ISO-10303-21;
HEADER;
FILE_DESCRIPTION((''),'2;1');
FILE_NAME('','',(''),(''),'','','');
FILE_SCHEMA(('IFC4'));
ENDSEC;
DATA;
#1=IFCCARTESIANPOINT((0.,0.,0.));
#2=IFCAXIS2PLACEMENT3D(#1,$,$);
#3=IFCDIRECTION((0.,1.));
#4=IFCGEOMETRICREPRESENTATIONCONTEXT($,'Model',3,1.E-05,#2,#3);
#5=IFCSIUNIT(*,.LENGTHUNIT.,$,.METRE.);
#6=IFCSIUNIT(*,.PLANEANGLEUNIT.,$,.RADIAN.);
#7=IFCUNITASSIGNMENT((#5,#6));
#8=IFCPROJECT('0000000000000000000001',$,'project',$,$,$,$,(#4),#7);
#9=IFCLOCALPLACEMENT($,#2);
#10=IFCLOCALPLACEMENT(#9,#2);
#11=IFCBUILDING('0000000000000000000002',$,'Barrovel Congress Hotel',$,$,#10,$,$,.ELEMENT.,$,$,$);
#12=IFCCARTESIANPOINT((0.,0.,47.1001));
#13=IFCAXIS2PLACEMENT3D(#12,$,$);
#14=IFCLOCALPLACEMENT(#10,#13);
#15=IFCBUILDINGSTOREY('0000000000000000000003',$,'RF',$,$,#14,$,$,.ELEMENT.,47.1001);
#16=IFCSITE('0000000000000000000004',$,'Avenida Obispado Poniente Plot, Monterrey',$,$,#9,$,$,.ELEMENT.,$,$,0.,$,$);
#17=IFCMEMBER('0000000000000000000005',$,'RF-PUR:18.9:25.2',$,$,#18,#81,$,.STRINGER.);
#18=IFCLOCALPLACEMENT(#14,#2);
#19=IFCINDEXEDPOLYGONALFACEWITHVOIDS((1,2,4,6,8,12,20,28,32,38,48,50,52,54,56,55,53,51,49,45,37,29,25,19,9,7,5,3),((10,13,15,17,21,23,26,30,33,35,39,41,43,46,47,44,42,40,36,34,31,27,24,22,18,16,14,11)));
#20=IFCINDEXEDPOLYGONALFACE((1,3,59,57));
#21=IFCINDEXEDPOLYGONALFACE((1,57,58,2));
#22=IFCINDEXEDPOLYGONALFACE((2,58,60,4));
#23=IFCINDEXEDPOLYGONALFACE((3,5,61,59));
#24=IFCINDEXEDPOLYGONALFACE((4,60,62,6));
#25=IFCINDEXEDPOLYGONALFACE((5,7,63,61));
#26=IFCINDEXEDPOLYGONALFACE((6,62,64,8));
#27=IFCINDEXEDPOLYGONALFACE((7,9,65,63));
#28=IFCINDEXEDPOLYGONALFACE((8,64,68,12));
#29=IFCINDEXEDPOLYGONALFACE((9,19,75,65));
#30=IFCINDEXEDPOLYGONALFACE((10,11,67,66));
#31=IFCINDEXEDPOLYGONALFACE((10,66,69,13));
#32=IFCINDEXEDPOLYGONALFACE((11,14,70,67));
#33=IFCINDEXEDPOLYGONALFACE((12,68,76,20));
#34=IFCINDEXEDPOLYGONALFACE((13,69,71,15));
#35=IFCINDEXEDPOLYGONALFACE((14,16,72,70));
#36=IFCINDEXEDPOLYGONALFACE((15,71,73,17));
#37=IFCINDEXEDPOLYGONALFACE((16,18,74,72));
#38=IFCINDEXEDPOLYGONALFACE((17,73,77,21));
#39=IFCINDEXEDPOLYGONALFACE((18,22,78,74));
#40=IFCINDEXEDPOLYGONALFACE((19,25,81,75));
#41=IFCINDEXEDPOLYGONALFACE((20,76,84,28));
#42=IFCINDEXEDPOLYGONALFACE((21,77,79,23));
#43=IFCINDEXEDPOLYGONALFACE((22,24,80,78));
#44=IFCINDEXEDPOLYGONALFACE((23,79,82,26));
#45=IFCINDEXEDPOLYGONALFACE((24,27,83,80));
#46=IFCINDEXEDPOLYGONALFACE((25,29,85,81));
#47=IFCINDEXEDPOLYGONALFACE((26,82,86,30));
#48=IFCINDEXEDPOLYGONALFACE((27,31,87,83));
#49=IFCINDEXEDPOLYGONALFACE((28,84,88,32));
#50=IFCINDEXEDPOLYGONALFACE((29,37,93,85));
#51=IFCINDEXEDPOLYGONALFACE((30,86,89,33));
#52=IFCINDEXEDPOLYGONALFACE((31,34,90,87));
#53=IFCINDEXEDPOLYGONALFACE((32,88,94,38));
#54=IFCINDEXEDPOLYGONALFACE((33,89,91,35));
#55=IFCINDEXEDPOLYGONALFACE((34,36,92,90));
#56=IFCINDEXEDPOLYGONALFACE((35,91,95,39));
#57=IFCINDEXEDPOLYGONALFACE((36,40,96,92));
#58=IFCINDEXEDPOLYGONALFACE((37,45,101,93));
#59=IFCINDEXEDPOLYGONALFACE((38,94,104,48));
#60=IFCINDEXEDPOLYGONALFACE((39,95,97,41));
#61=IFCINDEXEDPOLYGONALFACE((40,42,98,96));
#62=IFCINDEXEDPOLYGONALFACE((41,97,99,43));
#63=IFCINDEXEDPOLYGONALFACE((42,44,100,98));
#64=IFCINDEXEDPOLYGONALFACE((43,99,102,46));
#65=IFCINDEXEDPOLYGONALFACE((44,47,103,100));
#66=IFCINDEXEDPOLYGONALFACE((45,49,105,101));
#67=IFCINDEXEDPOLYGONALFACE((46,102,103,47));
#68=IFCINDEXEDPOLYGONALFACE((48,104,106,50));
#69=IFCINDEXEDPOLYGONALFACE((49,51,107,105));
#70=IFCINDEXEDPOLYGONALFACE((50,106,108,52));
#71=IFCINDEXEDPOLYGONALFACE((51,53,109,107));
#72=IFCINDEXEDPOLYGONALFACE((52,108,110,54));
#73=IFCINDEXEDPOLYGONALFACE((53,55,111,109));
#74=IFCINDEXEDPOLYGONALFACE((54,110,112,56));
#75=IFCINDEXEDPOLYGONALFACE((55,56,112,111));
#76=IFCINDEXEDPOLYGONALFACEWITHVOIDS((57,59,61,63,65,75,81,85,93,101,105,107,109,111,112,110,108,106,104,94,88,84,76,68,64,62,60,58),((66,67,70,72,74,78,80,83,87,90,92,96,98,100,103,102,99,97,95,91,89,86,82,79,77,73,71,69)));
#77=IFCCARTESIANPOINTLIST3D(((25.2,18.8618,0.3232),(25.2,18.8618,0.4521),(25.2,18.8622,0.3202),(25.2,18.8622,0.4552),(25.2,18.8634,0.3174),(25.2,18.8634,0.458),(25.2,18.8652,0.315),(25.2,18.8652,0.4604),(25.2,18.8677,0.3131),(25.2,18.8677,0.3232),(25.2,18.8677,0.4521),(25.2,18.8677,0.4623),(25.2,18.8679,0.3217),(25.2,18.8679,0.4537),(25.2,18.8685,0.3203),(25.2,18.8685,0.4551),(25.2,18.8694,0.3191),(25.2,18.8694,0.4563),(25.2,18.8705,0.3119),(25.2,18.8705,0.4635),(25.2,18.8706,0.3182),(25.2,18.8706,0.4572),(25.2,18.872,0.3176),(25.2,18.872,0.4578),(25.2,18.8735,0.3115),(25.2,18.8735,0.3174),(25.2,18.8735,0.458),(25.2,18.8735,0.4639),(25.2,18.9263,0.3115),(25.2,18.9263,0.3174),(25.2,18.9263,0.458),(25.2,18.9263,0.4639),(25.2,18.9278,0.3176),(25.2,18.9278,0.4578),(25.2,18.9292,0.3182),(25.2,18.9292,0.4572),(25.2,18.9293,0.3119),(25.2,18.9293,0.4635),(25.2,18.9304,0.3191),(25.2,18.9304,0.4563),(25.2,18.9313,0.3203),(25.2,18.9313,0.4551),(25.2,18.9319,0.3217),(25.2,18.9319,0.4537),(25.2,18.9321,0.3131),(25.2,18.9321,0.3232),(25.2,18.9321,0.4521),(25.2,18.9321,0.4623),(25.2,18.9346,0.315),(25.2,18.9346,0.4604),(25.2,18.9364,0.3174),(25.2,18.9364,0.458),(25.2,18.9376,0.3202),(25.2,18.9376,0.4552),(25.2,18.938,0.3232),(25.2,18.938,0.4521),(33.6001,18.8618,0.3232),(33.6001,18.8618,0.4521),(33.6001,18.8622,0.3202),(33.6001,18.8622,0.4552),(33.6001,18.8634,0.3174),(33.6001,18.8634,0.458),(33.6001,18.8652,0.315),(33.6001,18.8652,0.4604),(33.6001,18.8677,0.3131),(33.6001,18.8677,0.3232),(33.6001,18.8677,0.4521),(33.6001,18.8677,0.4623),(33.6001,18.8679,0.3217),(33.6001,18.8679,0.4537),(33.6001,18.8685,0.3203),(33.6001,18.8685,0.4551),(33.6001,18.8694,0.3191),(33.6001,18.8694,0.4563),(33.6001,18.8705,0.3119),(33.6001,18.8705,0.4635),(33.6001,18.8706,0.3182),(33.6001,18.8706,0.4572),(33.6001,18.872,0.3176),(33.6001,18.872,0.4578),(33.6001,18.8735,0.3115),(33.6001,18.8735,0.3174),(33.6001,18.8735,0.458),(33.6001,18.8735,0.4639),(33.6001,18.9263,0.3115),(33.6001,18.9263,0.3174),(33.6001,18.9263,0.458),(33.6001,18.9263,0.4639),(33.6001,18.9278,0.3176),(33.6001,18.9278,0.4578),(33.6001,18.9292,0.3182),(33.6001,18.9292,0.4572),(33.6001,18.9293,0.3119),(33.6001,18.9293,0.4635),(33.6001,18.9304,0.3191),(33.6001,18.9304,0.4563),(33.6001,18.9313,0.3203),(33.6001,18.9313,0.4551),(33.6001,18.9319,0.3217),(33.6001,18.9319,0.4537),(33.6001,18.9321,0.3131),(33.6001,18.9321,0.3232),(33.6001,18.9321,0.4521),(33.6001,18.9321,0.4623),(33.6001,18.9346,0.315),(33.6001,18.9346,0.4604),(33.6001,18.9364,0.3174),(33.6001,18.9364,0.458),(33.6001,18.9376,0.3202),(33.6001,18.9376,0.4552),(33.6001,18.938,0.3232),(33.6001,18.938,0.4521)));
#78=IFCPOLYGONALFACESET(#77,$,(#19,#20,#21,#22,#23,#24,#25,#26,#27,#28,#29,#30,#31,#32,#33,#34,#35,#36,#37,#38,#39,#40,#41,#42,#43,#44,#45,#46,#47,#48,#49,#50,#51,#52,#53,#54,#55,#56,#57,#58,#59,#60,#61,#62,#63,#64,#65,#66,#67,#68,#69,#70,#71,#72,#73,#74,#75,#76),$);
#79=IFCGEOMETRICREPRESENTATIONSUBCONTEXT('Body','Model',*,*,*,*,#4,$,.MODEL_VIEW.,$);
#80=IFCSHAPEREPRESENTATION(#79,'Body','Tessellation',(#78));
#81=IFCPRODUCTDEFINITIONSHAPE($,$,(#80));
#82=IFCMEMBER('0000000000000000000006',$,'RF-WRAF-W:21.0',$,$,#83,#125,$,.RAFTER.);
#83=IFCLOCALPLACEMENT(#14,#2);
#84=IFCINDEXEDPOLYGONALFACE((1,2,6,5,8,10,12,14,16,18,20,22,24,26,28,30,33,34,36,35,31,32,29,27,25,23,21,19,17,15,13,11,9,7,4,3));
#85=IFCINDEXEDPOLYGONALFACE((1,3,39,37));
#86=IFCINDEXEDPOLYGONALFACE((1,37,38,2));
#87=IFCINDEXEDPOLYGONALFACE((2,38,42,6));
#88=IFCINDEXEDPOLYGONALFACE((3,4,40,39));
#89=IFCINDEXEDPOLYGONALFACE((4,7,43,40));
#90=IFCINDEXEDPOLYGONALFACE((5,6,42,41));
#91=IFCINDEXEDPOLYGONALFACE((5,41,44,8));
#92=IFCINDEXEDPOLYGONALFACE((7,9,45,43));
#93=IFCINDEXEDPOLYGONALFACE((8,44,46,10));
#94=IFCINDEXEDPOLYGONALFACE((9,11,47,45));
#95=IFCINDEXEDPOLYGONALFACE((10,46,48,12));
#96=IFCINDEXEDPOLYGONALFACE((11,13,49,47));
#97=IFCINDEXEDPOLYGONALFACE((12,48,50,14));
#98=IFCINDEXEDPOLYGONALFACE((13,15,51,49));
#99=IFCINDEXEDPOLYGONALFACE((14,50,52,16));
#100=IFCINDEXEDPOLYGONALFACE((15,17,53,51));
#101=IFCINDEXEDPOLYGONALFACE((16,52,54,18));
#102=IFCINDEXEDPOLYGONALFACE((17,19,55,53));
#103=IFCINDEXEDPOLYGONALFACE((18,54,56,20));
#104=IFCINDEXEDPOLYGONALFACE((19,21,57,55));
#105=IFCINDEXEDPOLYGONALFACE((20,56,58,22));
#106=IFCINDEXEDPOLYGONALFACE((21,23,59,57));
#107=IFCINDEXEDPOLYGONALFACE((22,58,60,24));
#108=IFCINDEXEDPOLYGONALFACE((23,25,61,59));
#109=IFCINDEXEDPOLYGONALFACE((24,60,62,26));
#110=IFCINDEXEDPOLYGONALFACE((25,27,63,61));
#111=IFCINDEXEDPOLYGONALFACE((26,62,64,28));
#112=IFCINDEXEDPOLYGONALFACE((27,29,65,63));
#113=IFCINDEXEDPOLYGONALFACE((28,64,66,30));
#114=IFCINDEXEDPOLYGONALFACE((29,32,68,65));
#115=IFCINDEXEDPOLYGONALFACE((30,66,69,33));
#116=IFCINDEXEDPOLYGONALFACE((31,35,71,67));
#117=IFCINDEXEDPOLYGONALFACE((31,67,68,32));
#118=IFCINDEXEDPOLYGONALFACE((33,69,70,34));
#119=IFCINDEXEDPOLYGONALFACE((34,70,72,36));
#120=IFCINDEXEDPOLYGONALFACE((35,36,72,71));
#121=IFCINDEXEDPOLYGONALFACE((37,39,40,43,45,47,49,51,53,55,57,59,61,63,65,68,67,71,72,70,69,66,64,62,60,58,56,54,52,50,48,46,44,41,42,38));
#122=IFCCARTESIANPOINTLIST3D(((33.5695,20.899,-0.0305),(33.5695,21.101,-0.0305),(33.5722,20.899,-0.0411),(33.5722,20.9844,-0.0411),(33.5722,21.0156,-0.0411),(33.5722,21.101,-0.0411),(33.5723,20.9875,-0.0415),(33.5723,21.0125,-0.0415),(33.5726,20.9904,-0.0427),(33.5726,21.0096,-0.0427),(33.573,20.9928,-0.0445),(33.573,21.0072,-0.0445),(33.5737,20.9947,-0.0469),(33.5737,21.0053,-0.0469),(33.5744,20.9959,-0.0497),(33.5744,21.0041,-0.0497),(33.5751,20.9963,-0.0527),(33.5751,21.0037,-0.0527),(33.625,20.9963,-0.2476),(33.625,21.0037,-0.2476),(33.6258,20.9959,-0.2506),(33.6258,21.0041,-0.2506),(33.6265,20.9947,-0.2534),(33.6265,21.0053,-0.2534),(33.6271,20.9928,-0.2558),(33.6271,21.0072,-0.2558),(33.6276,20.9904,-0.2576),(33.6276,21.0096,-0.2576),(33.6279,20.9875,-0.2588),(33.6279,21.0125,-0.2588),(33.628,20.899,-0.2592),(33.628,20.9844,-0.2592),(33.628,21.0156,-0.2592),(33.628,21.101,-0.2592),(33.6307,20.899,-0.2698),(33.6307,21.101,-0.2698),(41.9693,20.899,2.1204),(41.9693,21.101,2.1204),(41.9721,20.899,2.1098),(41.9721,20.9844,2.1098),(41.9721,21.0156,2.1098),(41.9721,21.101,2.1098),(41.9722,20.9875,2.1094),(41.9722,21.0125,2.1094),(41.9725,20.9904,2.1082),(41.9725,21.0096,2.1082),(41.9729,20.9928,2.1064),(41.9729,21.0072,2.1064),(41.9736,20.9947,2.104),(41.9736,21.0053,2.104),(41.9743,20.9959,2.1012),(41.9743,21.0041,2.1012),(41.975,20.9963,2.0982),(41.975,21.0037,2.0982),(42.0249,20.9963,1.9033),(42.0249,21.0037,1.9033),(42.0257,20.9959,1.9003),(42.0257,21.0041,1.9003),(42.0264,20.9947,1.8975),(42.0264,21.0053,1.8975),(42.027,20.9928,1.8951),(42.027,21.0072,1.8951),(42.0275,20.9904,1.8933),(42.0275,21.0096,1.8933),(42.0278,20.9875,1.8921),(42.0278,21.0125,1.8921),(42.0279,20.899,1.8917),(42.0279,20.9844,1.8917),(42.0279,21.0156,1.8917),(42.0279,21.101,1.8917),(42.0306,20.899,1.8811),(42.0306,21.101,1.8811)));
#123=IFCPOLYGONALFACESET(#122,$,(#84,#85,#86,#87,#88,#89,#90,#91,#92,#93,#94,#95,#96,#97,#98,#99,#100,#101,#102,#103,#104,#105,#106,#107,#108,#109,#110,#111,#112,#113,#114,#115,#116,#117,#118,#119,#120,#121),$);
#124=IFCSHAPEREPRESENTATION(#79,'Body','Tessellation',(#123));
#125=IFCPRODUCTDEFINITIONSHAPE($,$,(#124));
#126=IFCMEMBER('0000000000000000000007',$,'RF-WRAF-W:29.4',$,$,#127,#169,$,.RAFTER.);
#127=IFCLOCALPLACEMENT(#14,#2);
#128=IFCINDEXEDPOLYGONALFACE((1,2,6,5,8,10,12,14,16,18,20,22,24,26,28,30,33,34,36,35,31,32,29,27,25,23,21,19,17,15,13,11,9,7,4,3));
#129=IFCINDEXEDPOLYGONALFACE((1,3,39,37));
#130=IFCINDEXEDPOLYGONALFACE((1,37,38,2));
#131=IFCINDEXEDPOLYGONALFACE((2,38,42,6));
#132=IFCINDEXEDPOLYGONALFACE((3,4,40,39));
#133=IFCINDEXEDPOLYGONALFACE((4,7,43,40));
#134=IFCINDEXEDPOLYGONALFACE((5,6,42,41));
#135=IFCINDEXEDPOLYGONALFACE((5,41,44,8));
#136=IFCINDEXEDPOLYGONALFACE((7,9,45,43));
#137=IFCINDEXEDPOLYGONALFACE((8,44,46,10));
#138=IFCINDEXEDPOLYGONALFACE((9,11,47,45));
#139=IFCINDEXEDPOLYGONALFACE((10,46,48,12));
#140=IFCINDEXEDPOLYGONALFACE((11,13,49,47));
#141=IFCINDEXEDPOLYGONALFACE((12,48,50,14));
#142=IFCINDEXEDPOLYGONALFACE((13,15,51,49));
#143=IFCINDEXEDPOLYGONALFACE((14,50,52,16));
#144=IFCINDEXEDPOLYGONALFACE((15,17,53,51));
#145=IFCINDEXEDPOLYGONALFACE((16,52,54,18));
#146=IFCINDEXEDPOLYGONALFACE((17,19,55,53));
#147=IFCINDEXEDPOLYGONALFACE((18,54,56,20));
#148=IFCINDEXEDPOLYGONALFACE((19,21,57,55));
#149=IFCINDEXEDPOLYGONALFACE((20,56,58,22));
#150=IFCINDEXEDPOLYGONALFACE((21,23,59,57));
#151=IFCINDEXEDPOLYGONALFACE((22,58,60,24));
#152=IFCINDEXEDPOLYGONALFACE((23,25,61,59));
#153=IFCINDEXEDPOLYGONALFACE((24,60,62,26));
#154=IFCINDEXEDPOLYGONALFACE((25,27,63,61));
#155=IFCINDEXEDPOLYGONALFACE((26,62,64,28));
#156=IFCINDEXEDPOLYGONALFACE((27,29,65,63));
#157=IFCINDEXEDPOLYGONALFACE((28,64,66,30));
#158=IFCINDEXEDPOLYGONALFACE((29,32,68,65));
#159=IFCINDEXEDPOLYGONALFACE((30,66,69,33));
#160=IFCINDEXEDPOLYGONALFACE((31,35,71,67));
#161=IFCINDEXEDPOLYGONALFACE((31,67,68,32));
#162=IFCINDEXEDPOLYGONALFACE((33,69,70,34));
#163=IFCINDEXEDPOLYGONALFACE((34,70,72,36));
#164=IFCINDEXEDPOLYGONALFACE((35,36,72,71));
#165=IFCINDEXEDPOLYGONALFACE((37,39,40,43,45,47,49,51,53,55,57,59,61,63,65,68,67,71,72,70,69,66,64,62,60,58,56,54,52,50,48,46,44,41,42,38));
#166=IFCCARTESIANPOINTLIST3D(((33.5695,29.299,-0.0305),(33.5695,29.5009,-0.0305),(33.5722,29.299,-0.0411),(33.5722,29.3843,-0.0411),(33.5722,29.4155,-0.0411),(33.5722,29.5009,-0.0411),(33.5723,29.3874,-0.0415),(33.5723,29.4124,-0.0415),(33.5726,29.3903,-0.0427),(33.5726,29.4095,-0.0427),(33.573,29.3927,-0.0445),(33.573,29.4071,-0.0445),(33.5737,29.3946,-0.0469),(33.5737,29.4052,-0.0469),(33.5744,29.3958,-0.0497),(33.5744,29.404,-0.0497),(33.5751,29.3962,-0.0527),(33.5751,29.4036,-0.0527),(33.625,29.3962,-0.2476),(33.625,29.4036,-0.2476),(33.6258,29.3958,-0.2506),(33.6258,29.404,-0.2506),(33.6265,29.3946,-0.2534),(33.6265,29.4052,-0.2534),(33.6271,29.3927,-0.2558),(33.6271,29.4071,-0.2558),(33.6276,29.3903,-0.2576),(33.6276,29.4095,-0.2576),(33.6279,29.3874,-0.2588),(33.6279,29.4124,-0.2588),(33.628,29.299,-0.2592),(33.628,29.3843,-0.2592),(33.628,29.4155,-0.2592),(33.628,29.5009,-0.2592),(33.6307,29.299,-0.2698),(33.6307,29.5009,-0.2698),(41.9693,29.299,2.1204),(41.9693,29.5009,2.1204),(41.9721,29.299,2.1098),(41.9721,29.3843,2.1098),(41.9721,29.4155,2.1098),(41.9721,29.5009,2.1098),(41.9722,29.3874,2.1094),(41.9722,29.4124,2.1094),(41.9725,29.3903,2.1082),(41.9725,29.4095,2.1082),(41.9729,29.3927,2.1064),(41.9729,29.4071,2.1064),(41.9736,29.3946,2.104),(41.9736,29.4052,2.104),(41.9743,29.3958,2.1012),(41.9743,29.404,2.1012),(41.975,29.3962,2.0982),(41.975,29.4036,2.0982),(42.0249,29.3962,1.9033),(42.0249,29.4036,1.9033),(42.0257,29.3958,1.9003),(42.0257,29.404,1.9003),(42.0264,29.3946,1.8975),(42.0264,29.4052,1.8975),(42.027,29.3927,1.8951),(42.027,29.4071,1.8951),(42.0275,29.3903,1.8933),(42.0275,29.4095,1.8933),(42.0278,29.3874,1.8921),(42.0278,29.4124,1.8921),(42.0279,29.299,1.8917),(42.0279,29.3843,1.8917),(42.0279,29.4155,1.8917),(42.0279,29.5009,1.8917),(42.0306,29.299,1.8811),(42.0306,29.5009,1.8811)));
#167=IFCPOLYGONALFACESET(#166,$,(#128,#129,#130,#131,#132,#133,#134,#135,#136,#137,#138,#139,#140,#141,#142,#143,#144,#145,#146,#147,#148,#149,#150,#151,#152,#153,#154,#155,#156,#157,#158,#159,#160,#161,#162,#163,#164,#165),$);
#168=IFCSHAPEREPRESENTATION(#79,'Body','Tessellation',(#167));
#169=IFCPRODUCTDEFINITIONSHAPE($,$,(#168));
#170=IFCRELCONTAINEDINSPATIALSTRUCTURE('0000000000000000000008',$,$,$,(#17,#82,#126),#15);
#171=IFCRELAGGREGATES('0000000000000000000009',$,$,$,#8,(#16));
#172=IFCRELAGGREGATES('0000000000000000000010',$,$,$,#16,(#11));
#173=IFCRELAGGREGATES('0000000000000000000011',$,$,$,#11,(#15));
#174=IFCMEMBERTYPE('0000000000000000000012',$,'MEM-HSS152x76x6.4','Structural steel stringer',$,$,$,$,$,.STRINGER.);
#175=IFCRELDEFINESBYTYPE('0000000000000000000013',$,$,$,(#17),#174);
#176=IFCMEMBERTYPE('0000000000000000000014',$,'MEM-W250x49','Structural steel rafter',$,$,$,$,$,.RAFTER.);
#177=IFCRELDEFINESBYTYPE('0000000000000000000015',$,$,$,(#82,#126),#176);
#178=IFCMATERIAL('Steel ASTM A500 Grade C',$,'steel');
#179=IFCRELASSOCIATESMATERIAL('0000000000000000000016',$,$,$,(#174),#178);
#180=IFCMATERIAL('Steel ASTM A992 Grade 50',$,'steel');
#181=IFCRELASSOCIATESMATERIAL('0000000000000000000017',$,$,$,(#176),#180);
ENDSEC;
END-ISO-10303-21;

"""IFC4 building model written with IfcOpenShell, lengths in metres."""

from ifc_helpers import new_model, si_unit, direction, frame, origin, origin_2d, place, context, subcontext, project, spatial, hollow_rectangle, i_section, extrude, material, material_profile, profile_set, type_object, element, save


model = new_model("IFC4")

# Units and contexts
model_context = context("Model", 3, precision=1e-05, world=origin(), true_north=direction((0.0, 1.0)))
body_context = subcontext(model_context, "Body", "Model", "MODEL_VIEW")
ifc_project = project(units=[si_unit("LENGTHUNIT", "METRE"), si_unit("PLANEANGLEUNIT", "RADIAN")], contexts=[model_context])

# Site, building, storey
site_placement = place(None, origin())
site = spatial("IfcSite", under=ifc_project, at=site_placement, Name="Avenida Obispado Poniente Plot, Monterrey", CompositionType="ELEMENT", RefElevation=0.0)
building_placement = place(site_placement, origin())
building = spatial("IfcBuilding", under=site, at=building_placement, Name="Barrovel Congress Hotel", CompositionType="ELEMENT")
storey_placement = place(building_placement, frame((0.0, 0.0, 47.1001)))
storey = spatial("IfcBuildingStorey", under=building, at=storey_placement, Name="RF", CompositionType="ELEMENT", Elevation=47.1001)

# Members
ifc_material_1 = material(Name="Steel ASTM A500 Grade C", Category="steel")
ifc_material_profile_1 = material_profile(ifc_material_1, hollow_rectangle(XDim=0.0762, YDim=0.1523, WallThickness=0.0059, InnerFilletRadius=0.0059, OuterFilletRadius=0.0117, at=origin_2d()), Name="HSS152x76x6.4")
ifc_profile_set_1 = profile_set([ifc_material_profile_1], Name="Steel ASTM A500 Grade C")
member_type_1 = type_object("IfcMemberType", Name="MEM-HSS152x76x6.4", Description="Structural steel stringer", PredefinedType="STRINGER", material=ifc_profile_set_1)
member_1_placement = place(storey_placement, frame((25.2, 18.8999, 0.3877), z_axis=(1.0, 0.0, 0.0), x_axis=(0.0, 1.0, 0.0)))
element("IfcMember", 1, at=member_1_placement, inside=storey, type_object=member_type_1, Name="RF-PUR:18.9:25.2", PredefinedType="STRINGER", context=body_context, shape_type="SweptSolid", body=[
    extrude(hollow_rectangle(XDim=0.0762, YDim=0.1523, WallThickness=0.0059, InnerFilletRadius=0.0059, OuterFilletRadius=0.0117, at=origin_2d()), origin(), (0.0, 0.0, 1.0), 8.4001),
])
ifc_material_2 = material(Name="Steel ASTM A992 Grade 50", Category="steel")
ifc_material_profile_2 = material_profile(ifc_material_2, i_section(OverallWidth=0.2019, OverallDepth=0.2471, WebThickness=0.0073, FlangeThickness=0.011, FilletRadius=0.012, at=origin_2d()), Name="W250x49")
ifc_profile_set_2 = profile_set([ifc_material_profile_2], Name="Steel ASTM A992 Grade 50")
member_type_2 = type_object("IfcMemberType", Name="MEM-W250x49", Description="Structural steel rafter", PredefinedType="RAFTER", material=ifc_profile_set_2)
for number, where, z_axis, x_axis, name in (
    (2, (33.6001, 21.0, -0.1501), (0.968745, 0.0, 0.248057), (0.0, 1.0, 0.0), "RF-WRAF-W:21.0"),
    (3, (33.6001, 29.3999, -0.1501), (0.968745, 0.0, 0.248057), (0.0, 1.0, 0.0), "RF-WRAF-W:29.4"),
):
    element("IfcMember", number, at=place(storey_placement, frame(where, z_axis=z_axis, x_axis=x_axis)), inside=storey, type_object=member_type_2, Name=name, PredefinedType="RAFTER", context=body_context, shape_type="SweptSolid", body=[
        extrude(i_section(OverallWidth=0.2019, OverallDepth=0.2471, WebThickness=0.0073, FlangeThickness=0.011, FilletRadius=0.012, at=origin_2d()), origin(), (0.0, 0.0, 1.0), 8.6709),
    ])

save(model, "model.ifc")
